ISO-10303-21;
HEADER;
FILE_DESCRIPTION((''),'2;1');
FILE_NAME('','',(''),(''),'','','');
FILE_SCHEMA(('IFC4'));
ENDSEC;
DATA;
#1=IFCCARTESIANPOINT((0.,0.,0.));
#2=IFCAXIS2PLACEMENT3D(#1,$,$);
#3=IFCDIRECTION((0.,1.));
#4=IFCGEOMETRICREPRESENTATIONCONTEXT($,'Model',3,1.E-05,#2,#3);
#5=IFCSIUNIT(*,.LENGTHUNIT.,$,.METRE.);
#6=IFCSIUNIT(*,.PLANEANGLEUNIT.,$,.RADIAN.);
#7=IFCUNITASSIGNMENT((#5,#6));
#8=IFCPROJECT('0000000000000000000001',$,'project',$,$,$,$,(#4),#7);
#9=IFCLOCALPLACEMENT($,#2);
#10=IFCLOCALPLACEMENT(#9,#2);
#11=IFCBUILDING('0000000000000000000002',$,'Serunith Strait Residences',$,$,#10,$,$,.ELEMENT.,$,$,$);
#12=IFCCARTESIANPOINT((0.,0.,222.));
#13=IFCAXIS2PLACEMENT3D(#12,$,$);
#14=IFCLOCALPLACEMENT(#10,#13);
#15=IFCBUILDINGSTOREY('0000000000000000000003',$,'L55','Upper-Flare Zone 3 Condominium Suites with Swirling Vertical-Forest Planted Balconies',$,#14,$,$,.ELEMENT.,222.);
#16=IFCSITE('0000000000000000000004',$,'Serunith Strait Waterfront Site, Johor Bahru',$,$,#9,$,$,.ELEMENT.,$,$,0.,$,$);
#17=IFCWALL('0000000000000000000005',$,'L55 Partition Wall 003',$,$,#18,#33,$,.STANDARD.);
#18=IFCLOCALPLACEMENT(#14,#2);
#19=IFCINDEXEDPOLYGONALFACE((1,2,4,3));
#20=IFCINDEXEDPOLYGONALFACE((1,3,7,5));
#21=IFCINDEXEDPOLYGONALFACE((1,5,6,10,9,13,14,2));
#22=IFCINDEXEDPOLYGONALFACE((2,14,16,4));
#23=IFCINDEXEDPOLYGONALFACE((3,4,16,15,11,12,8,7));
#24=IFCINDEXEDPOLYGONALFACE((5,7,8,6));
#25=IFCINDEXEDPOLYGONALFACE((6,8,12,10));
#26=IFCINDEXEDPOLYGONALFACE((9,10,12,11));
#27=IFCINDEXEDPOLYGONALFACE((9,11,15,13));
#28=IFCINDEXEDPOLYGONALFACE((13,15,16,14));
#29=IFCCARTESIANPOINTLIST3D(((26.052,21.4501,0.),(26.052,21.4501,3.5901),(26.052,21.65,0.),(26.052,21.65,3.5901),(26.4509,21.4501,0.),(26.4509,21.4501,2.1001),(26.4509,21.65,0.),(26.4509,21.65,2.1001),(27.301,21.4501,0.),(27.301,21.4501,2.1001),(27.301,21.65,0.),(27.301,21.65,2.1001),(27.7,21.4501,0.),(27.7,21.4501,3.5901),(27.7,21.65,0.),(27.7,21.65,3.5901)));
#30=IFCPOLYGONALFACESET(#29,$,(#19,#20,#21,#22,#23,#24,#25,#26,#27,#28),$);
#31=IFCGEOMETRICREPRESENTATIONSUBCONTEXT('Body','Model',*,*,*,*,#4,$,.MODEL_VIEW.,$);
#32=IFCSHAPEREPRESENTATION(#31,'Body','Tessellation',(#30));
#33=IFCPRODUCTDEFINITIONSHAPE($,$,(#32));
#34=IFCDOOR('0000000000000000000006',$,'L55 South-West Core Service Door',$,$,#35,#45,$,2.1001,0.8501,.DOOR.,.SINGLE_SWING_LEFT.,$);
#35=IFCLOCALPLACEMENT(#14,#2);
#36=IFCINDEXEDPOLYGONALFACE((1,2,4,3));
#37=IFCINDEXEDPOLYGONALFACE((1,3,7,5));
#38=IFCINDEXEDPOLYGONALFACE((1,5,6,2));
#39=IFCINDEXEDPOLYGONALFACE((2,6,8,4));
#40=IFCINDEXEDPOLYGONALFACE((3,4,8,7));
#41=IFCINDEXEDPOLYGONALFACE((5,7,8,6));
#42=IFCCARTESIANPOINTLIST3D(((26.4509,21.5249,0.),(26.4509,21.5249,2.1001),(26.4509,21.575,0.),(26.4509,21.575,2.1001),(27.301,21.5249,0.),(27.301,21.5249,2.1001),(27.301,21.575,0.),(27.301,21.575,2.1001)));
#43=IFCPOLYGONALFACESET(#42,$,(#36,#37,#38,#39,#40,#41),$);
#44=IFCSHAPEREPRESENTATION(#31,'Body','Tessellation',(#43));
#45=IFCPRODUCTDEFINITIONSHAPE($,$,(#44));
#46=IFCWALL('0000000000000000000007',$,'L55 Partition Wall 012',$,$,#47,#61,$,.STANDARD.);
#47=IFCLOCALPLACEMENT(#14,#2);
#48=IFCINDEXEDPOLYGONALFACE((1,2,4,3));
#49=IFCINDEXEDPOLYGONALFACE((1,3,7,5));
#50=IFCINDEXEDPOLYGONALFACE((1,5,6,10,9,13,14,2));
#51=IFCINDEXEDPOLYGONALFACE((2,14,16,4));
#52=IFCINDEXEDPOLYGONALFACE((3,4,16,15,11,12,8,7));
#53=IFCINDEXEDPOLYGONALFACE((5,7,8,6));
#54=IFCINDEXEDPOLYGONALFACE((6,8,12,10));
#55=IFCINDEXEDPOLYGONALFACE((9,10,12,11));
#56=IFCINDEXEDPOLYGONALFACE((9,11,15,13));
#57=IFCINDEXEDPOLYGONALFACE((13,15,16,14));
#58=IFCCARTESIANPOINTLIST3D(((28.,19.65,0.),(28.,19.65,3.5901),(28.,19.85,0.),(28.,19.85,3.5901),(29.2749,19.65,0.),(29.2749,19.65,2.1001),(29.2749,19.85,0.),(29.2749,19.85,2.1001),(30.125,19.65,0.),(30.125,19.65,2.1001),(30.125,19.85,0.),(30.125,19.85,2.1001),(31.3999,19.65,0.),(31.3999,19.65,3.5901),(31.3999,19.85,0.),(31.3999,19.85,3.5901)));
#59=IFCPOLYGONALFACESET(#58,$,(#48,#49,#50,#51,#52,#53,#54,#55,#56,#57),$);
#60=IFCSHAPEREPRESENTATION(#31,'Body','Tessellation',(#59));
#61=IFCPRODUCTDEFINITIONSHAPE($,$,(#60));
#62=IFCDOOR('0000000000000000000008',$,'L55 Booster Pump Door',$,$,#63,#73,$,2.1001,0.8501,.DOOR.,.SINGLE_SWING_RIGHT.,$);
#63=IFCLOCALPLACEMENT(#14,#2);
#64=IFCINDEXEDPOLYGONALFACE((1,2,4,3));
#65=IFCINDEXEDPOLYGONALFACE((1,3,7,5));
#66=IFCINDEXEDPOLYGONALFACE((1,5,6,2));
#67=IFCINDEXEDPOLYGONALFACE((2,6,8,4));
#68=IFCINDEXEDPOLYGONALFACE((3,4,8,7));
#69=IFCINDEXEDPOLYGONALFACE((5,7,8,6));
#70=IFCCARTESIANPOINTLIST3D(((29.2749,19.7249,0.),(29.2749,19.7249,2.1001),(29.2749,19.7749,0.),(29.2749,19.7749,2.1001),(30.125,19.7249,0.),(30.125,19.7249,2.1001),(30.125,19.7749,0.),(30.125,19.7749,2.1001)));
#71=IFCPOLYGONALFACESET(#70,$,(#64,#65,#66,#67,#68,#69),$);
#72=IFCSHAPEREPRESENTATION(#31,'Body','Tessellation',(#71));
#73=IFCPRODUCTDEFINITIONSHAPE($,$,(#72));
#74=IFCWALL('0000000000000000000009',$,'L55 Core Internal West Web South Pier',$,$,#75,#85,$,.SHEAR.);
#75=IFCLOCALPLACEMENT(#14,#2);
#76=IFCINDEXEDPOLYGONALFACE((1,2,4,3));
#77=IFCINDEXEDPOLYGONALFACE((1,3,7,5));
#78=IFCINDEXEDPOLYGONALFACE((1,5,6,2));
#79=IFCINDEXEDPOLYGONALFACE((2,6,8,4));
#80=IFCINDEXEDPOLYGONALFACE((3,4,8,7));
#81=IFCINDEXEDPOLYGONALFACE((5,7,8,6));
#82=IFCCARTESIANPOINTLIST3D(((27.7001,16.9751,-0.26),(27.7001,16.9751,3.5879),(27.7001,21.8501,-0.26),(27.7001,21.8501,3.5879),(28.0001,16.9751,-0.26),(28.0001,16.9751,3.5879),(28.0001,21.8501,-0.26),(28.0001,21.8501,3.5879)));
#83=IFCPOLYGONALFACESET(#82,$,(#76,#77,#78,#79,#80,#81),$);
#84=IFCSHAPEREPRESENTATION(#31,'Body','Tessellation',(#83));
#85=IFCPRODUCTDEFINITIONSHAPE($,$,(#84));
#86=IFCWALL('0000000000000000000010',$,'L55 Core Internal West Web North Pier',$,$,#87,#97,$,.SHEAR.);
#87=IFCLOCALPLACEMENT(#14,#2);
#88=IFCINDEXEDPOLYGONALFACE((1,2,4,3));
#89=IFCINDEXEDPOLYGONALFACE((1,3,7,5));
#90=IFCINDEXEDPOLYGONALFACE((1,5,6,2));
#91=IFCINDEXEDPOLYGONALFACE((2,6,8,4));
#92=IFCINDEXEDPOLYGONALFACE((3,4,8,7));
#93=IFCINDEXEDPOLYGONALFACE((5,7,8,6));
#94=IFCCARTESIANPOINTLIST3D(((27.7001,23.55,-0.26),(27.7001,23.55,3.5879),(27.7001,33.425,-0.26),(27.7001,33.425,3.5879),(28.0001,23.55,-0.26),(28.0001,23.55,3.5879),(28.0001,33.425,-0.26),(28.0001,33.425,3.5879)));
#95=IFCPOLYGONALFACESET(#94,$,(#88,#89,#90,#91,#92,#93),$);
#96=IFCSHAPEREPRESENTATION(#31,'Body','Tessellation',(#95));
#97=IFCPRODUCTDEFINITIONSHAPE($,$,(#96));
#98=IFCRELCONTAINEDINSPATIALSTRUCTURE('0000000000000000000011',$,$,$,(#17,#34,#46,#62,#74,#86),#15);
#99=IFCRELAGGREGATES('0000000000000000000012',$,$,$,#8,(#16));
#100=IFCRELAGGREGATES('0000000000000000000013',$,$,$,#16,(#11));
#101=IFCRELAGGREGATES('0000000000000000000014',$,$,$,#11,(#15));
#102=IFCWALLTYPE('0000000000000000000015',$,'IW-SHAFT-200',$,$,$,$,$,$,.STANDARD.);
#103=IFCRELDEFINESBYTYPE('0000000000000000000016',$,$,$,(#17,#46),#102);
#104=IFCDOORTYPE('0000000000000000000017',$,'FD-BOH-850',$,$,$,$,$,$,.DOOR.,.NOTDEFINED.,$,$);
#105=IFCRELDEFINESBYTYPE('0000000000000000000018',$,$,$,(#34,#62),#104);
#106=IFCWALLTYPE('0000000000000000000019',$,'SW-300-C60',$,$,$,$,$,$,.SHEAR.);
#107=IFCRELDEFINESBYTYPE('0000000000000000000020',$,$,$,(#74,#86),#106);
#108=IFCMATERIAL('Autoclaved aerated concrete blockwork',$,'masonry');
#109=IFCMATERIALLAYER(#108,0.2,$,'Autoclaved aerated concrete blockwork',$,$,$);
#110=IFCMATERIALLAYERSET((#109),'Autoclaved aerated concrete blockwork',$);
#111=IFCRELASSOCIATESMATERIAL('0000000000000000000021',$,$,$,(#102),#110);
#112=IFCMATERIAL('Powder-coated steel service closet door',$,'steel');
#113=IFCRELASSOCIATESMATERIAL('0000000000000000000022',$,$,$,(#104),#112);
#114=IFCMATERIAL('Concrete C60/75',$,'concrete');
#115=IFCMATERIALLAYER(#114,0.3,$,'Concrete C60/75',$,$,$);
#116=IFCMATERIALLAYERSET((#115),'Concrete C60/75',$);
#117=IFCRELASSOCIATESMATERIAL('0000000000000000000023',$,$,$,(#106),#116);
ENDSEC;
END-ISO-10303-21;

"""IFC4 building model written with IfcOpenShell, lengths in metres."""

from ifc_helpers import new_model, si_unit, direction, frame, frame_2d, origin, place, context, subcontext, project, spatial, rectangle, extrude, source, transform, mapped, material, layer, layer_set, type_object, element, fill, save


model = new_model("IFC4")

# Units and contexts
model_context = context("Model", 3, precision=1e-05, world=origin(), true_north=direction((0.0, 1.0)))
body_context = subcontext(model_context, "Body", "Model", "MODEL_VIEW")
ifc_project = project(units=[si_unit("LENGTHUNIT", "METRE"), si_unit("PLANEANGLEUNIT", "RADIAN")], contexts=[model_context])

# Site, building, storey
site_placement = place(None, origin())
site = spatial("IfcSite", under=ifc_project, at=site_placement, Name="Serunith Strait Waterfront Site, Johor Bahru", CompositionType="ELEMENT", RefElevation=0.0)
building_placement = place(site_placement, origin())
building = spatial("IfcBuilding", under=site, at=building_placement, Name="Serunith Strait Residences", CompositionType="ELEMENT")
storey_placement = place(building_placement, frame((0.0, 0.0, 222.0)))
storey = spatial("IfcBuildingStorey", under=building, at=storey_placement, Name="L55", Description="Upper-Flare Zone 3 Condominium Suites with Swirling Vertical-Forest Planted Balconies", CompositionType="ELEMENT", Elevation=222.0)

# Shared definitions
ifc_material_1 = material(Name="Autoclaved aerated concrete blockwork", Category="masonry")
ifc_layer_1 = layer(ifc_material_1, 0.2, Name="Autoclaved aerated concrete blockwork")
ifc_layer_set_1 = layer_set([ifc_layer_1], Name="Autoclaved aerated concrete blockwork")
wall_type_1 = type_object("IfcWallType", Name="IW-SHAFT-200", PredefinedType="STANDARD", material=ifc_layer_set_1)

# Walls, openings, doors
wall_1_placement = place(storey_placement, frame((26.052, 21.55, 0.0), z_axis=(0.0, 0.0, 1.0), x_axis=(1.0, 0.0, 0.0)))
wall_1 = element("IfcWall", 1, at=wall_1_placement, inside=storey, type_object=wall_type_1, Name="L55 Partition Wall 003", PredefinedType="STANDARD", context=body_context, shape_type="SweptSolid", body=[
    extrude(rectangle(XDim=1.6479, YDim=0.2, at=frame_2d((0.824, 0.0))), origin(), (0.0, 0.0, 1.0), 3.5901),
])
opening_1_placement = place(wall_1_placement, frame((0.3989, 0.0, 0.0)))
opening_1 = element("IfcOpeningElement", 2, at=opening_1_placement, cuts=wall_1, PredefinedType="OPENING", context=body_context, shape_type="SweptSolid", body=[
    extrude(rectangle(XDim=0.8501, YDim=2.1001, at=frame_2d((0.425, 1.05))), frame((0.0, 0.1099, 0.0), z_axis=(0.0, -1.0, 0.0), x_axis=(1.0, 0.0, 0.0)), (0.0, 0.0, 1.0), 0.22),
])
ifc_material_2 = material(Name="Powder-coated steel service closet door", Category="steel")
door_type_1 = type_object("IfcDoorType", Name="FD-BOH-850", OperationType="NOTDEFINED", PredefinedType="DOOR", material=ifc_material_2)
shared_shape_1 = source(origin(), body_context, "Body", "SweptSolid", [
    extrude(rectangle(XDim=0.8501, YDim=2.1001, at=frame_2d((0.425, 1.05))), frame((0.0, 0.0249, 0.0), z_axis=(0.0, -1.0, 0.0), x_axis=(1.0, 0.0, 0.0)), (0.0, 0.0, 1.0), 0.05),
])
door_1_placement = place(opening_1_placement, origin())
door_1 = element("IfcDoor", 3, at=door_1_placement, inside=storey, type_object=door_type_1, Name="L55 South-West Core Service Door", OperationType="SINGLE_SWING_LEFT", OverallHeight=2.1001, OverallWidth=0.8501, PredefinedType="DOOR", context=body_context, shape_type="MappedRepresentation", body=[
    mapped(shared_shape_1, transform((0.0, 0.0, 0.0), scale=1.0)),
])
fill(opening_1, door_1)
wall_2_placement = place(storey_placement, frame((28.0, 19.75, 0.0), z_axis=(0.0, 0.0, 1.0), x_axis=(1.0, 0.0, 0.0)))
wall_2 = element("IfcWall", 4, at=wall_2_placement, inside=storey, type_object=wall_type_1, Name="L55 Partition Wall 012", PredefinedType="STANDARD", context=body_context, shape_type="SweptSolid", body=[
    extrude(rectangle(XDim=3.3999, YDim=0.2, at=frame_2d((1.7, 0.0))), origin(), (0.0, 0.0, 1.0), 3.5901),
])
opening_2_placement = place(wall_2_placement, frame((1.2749, 0.0, 0.0)))
opening_2 = element("IfcOpeningElement", 5, at=opening_2_placement, cuts=wall_2, PredefinedType="OPENING", context=body_context, shape_type="SweptSolid", body=[
    extrude(rectangle(XDim=0.8501, YDim=2.1001, at=frame_2d((0.425, 1.05))), frame((0.0, 0.1099, 0.0), z_axis=(0.0, -1.0, 0.0), x_axis=(1.0, 0.0, 0.0)), (0.0, 0.0, 1.0), 0.22),
])
door_2_placement = place(opening_2_placement, origin())
door_2 = element("IfcDoor", 6, at=door_2_placement, inside=storey, type_object=door_type_1, Name="L55 Booster Pump Door", OperationType="SINGLE_SWING_RIGHT", OverallHeight=2.1001, OverallWidth=0.8501, PredefinedType="DOOR", context=body_context, shape_type="MappedRepresentation", body=[
    mapped(shared_shape_1, transform((0.0, 0.0, 0.0), scale=1.0)),
])
fill(opening_2, door_2)

# Walls
ifc_material_3 = material(Name="Concrete C60/75", Category="concrete")
ifc_layer_2 = layer(ifc_material_3, 0.3, Name="Concrete C60/75")
ifc_layer_set_2 = layer_set([ifc_layer_2], Name="Concrete C60/75")
wall_type_2 = type_object("IfcWallType", Name="SW-300-C60", PredefinedType="SHEAR", material=ifc_layer_set_2)
wall_3_placement = place(storey_placement, frame((27.8501, 16.9751, -0.26), z_axis=(0.0, 0.0, 1.0), x_axis=(0.0, 1.0, 0.0)))
element("IfcWall", 7, at=wall_3_placement, inside=storey, type_object=wall_type_2, Name="L55 Core Internal West Web South Pier", PredefinedType="SHEAR", context=body_context, shape_type="SweptSolid", body=[
    extrude(rectangle(XDim=4.875, YDim=0.3, at=frame_2d((2.4375, 0.0))), origin(), (0.0, 0.0, 1.0), 3.8479),
])
wall_4_placement = place(storey_placement, frame((27.8501, 23.55, -0.26), z_axis=(0.0, 0.0, 1.0), x_axis=(0.0, 1.0, 0.0)))
element("IfcWall", 8, at=wall_4_placement, inside=storey, type_object=wall_type_2, Name="L55 Core Internal West Web North Pier", PredefinedType="SHEAR", context=body_context, shape_type="SweptSolid", body=[
    extrude(rectangle(XDim=9.875, YDim=0.3, at=frame_2d((4.9375, 0.0))), origin(), (0.0, 0.0, 1.0), 3.8479),
])

save(model, "model.ifc")
